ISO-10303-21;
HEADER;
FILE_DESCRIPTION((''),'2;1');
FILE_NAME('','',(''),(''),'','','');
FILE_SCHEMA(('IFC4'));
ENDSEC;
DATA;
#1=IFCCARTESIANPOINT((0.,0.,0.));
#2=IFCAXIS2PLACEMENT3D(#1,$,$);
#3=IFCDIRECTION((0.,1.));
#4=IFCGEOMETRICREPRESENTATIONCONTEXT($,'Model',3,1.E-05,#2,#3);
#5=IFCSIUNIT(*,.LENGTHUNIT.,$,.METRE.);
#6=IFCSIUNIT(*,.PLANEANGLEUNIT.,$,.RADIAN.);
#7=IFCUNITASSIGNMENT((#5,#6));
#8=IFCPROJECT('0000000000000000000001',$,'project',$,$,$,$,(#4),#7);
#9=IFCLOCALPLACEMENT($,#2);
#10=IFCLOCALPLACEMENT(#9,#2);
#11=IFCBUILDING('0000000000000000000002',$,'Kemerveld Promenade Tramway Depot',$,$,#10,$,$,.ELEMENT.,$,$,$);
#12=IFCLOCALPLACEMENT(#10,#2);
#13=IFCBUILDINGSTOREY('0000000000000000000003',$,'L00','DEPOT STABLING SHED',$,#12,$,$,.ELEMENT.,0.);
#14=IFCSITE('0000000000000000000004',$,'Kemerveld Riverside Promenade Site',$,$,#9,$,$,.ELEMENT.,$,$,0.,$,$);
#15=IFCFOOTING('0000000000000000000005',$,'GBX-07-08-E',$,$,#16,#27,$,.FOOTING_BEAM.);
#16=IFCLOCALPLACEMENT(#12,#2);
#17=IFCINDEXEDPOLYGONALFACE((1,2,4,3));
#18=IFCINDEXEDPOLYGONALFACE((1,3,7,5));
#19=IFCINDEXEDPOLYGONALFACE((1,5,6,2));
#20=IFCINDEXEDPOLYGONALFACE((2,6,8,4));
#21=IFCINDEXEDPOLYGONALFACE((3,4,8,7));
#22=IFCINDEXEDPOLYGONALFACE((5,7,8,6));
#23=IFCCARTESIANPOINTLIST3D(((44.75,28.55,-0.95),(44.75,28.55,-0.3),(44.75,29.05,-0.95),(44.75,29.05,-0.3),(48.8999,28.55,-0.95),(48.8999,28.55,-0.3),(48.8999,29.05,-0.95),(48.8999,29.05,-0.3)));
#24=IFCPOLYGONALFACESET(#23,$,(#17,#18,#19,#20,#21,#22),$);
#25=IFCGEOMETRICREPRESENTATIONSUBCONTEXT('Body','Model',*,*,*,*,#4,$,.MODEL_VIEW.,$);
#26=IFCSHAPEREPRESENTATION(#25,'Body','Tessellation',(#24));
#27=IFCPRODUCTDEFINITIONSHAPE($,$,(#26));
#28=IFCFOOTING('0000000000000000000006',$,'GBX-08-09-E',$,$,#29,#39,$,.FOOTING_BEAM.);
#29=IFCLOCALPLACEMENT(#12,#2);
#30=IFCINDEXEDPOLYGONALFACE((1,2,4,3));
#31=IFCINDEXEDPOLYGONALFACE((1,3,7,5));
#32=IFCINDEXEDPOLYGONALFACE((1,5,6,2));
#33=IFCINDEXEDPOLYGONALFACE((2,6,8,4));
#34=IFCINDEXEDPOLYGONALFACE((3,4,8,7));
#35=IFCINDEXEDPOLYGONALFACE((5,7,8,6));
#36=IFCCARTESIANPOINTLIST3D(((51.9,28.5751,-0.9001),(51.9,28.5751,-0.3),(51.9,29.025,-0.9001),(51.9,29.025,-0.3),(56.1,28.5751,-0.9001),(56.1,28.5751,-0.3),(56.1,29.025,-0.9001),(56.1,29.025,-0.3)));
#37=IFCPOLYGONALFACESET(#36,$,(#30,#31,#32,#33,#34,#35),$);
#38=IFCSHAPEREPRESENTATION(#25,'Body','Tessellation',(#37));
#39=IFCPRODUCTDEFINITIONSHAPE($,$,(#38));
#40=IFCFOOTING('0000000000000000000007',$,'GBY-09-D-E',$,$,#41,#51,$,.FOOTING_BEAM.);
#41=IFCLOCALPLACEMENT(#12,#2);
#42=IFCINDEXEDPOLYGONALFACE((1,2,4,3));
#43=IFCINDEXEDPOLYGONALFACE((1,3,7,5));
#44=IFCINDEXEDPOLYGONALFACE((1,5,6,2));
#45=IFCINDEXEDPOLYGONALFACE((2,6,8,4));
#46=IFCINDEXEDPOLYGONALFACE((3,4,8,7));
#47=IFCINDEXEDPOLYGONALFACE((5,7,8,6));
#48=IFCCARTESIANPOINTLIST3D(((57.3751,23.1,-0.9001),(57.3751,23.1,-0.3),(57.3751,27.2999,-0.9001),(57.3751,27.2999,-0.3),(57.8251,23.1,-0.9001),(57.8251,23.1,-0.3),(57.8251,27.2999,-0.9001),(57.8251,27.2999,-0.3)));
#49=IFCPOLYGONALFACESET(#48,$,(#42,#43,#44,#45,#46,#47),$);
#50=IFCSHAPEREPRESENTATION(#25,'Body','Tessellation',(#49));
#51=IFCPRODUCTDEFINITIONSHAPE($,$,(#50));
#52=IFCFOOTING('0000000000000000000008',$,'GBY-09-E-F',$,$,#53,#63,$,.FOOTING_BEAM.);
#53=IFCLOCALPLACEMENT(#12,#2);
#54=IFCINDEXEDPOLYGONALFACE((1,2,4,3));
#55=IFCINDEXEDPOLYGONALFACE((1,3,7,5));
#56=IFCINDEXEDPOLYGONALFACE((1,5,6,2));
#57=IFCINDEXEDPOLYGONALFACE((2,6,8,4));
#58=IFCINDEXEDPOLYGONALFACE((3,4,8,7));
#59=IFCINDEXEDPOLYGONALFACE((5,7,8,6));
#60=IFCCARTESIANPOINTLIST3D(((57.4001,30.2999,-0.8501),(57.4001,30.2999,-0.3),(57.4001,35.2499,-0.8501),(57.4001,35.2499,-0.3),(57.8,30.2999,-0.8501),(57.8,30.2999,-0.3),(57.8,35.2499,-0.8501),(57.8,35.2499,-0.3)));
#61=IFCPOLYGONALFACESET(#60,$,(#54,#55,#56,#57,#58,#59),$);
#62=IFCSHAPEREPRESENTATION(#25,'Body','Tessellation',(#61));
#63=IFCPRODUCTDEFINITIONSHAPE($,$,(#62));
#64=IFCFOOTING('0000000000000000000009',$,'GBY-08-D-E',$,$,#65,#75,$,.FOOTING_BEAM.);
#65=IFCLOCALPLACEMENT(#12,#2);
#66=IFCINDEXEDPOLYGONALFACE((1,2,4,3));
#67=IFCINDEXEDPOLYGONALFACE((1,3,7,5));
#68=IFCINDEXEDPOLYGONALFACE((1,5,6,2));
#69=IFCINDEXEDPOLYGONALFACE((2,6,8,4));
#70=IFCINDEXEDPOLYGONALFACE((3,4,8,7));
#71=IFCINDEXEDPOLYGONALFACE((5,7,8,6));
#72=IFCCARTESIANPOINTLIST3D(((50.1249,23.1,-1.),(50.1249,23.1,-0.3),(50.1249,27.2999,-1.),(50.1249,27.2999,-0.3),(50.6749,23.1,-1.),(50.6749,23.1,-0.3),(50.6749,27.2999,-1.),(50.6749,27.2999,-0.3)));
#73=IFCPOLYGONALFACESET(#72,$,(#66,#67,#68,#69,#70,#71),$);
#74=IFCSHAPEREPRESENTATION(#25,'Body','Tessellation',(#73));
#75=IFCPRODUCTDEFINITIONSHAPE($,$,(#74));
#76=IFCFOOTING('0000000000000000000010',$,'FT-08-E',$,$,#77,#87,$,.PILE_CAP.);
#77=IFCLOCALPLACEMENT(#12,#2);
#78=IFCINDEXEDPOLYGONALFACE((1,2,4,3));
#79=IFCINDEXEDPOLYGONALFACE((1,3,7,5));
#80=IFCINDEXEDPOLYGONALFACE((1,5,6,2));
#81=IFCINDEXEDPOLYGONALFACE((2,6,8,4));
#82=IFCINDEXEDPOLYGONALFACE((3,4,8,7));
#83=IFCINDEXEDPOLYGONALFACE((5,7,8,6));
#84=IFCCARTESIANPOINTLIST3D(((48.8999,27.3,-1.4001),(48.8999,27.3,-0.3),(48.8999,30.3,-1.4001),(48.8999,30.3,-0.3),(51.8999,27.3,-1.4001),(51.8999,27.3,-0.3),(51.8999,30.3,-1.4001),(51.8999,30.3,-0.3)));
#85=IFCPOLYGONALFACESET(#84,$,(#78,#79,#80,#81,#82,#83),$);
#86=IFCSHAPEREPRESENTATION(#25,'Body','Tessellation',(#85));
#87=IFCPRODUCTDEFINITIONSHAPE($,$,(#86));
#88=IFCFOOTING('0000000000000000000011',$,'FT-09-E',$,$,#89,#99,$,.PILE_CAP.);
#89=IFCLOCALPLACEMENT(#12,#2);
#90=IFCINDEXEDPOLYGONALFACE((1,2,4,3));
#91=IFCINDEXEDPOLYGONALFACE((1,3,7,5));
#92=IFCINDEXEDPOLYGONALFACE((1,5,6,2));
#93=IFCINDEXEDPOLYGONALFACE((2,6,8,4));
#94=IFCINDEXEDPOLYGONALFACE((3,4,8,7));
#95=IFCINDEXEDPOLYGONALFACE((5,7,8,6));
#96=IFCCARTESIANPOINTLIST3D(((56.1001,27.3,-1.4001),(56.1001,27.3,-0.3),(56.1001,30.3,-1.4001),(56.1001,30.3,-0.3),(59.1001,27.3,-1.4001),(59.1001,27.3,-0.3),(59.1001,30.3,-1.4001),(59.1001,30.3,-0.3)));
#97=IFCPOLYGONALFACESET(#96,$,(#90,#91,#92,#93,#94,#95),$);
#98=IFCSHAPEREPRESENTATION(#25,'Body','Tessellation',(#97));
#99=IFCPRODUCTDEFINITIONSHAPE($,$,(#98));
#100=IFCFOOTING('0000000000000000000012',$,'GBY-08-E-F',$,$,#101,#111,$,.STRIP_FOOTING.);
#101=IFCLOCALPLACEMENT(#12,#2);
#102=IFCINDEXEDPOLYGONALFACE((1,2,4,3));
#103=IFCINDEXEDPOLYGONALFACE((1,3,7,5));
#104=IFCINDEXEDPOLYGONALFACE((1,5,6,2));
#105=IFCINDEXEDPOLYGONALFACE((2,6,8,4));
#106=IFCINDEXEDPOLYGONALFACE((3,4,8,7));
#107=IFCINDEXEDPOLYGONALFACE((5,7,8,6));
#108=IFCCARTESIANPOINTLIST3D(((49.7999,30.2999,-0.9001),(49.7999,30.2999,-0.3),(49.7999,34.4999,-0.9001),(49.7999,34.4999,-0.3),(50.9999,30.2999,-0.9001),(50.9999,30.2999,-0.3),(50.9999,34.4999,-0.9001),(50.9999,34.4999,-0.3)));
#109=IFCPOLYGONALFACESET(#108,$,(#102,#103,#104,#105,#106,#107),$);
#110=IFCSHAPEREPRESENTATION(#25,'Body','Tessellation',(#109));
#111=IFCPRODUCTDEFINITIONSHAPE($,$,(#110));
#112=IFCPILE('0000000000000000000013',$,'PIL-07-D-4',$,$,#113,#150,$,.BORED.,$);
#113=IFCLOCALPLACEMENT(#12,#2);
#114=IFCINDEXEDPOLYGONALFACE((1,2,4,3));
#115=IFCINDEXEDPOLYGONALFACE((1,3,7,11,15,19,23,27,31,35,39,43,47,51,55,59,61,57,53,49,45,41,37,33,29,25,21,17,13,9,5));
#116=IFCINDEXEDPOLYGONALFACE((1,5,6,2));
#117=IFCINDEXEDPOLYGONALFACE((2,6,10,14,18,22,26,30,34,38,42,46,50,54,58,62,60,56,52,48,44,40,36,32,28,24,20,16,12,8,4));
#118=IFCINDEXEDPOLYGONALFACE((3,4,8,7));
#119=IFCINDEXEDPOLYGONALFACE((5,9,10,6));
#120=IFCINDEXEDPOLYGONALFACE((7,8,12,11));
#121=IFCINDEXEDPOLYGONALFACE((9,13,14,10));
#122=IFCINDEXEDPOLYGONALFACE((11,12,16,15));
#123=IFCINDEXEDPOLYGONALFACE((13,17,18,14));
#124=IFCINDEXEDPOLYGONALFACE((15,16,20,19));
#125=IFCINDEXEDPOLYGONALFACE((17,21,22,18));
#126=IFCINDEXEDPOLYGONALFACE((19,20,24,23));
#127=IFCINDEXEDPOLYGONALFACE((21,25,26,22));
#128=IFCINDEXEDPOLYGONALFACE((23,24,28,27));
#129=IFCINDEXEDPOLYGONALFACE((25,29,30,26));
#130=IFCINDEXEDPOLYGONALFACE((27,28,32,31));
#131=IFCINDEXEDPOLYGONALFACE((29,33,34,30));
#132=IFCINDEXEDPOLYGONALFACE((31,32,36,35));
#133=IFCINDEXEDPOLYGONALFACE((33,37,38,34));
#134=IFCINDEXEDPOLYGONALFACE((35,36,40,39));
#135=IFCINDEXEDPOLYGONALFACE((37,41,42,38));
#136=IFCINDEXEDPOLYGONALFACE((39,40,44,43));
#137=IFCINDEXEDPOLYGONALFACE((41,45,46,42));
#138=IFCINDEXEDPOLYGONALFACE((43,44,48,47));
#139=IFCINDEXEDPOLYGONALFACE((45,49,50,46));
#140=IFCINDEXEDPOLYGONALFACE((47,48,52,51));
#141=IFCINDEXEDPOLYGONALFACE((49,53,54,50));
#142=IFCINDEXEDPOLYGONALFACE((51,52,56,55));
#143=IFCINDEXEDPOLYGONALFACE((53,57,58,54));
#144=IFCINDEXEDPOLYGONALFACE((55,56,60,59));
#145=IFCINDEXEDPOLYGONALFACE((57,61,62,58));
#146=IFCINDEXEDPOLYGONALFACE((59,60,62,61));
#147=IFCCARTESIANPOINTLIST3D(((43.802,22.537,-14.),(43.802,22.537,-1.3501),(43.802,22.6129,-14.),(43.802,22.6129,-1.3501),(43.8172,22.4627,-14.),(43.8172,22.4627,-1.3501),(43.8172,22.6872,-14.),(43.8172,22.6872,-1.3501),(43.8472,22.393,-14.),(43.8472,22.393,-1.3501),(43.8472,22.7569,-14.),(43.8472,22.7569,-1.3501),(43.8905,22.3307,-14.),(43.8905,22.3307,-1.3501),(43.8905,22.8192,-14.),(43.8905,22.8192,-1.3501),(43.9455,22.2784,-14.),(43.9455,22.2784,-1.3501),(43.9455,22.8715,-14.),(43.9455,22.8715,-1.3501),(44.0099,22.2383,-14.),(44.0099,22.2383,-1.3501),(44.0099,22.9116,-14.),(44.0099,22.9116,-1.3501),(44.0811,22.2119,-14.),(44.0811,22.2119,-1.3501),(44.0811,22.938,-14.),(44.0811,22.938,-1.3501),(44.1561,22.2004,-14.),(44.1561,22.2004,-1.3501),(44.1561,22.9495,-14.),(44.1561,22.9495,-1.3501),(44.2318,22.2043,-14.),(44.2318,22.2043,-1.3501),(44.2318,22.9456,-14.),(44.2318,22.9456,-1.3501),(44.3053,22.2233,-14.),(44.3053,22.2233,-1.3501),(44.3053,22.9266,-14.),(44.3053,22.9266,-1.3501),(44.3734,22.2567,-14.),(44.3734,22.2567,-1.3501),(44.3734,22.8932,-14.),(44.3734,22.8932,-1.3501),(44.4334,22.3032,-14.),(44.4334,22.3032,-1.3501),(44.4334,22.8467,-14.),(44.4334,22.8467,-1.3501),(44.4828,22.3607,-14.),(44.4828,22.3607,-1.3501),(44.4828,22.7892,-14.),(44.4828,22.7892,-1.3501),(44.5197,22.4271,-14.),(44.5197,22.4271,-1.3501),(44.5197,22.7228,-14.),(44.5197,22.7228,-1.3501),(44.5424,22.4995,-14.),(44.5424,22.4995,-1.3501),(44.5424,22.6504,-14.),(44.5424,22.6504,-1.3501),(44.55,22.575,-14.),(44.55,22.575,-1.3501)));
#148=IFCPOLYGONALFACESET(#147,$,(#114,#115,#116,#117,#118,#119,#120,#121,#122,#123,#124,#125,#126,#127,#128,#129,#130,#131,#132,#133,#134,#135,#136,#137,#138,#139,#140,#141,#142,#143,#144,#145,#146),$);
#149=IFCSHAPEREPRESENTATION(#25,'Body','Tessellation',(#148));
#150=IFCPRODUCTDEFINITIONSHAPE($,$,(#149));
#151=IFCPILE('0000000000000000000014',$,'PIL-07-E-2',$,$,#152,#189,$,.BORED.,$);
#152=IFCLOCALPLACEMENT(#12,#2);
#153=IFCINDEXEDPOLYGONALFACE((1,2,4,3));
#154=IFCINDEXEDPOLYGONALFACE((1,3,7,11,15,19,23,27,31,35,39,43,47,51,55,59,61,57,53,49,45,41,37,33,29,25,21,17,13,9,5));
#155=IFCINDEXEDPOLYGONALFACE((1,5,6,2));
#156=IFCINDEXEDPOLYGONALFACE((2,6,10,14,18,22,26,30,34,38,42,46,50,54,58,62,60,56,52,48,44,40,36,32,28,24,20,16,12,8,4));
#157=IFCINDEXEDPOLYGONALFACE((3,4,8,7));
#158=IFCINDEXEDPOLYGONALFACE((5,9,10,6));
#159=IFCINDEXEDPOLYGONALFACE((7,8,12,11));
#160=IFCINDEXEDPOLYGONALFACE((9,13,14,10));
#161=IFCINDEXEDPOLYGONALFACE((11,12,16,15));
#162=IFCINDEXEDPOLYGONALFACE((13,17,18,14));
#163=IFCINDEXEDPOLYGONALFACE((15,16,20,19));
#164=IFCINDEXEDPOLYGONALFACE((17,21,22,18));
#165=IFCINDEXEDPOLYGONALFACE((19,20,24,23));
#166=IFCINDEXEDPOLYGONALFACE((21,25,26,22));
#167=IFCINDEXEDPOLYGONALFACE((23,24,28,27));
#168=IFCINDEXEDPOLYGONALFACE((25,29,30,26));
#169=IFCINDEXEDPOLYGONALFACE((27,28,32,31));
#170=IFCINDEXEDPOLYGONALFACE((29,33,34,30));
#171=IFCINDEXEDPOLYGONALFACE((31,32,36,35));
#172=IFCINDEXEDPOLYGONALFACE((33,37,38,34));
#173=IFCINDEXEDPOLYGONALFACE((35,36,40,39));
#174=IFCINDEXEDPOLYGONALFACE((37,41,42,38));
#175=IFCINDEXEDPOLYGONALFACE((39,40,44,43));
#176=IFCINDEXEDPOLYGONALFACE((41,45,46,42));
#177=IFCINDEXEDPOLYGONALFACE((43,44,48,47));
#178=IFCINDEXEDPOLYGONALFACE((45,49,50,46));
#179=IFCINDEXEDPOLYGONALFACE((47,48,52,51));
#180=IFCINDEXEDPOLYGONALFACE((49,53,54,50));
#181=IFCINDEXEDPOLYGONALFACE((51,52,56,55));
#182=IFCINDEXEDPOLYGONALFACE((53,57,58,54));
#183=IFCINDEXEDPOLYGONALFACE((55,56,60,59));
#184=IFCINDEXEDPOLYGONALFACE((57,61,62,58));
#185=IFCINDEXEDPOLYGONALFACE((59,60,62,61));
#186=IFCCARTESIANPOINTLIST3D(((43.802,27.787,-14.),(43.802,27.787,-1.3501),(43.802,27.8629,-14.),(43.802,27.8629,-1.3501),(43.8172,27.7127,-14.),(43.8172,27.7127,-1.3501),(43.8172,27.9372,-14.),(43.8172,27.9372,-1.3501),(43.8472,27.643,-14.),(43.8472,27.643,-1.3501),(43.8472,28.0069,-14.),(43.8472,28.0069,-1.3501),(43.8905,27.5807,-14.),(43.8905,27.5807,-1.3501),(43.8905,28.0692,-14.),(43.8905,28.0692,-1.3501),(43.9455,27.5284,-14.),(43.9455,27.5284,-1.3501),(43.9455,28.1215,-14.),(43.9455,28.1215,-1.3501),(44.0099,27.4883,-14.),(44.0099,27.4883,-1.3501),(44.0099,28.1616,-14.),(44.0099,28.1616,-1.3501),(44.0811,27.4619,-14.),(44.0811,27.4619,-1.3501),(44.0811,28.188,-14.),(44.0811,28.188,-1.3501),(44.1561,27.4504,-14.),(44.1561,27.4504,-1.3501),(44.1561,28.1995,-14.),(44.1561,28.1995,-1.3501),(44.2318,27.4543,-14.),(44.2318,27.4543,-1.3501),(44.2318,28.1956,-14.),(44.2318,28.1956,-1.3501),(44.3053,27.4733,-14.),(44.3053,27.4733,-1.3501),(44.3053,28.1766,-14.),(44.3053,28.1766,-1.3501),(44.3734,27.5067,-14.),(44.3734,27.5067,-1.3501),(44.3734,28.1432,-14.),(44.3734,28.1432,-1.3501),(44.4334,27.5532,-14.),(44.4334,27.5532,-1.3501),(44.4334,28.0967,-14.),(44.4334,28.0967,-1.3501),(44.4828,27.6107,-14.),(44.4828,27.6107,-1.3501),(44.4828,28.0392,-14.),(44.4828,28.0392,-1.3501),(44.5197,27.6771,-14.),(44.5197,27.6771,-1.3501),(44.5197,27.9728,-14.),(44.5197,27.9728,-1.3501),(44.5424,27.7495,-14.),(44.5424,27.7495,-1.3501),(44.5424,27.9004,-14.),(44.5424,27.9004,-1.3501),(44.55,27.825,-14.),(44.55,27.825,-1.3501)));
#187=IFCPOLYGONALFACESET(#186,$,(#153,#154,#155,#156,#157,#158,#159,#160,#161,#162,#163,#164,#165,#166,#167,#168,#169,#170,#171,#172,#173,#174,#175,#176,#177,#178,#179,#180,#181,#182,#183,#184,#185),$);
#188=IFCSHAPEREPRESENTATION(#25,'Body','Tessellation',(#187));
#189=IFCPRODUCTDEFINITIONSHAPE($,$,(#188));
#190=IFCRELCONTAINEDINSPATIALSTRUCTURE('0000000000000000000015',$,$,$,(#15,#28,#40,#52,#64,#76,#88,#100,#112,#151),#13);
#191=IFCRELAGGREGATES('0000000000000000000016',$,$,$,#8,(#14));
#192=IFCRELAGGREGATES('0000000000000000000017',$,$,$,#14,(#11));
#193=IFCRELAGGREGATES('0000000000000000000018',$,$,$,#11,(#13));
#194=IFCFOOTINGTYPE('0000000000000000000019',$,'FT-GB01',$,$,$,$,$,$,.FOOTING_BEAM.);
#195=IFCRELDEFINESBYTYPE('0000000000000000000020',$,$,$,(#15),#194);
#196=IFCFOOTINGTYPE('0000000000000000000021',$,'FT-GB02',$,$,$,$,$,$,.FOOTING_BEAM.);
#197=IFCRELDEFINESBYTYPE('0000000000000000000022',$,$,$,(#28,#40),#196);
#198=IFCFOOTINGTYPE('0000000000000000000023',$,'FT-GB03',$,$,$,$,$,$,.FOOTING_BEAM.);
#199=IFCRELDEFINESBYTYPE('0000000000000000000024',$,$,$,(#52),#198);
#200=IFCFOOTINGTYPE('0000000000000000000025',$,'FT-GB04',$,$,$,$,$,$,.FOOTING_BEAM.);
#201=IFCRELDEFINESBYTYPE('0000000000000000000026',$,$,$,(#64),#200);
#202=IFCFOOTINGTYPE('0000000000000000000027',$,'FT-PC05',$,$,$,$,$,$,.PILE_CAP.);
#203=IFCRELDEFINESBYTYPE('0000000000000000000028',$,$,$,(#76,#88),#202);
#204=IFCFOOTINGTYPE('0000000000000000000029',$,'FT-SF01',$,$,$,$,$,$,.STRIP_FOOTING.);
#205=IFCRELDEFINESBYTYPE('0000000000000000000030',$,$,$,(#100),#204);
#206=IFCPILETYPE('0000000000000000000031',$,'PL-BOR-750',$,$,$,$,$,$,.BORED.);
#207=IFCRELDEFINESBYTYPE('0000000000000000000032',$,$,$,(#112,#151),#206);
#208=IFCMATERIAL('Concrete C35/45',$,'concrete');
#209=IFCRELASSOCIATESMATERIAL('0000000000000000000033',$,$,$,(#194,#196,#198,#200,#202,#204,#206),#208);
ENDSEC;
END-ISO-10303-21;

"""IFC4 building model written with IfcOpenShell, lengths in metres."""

from ifc_helpers import new_model, si_unit, direction, frame, origin, origin_2d, place, context, subcontext, project, spatial, rectangle, circle, extrude, material, material_profile, profile_set, type_object, element, save


model = new_model("IFC4")

# Units and contexts
model_context = context("Model", 3, precision=1e-05, world=origin(), true_north=direction((0.0, 1.0)))
body_context = subcontext(model_context, "Body", "Model", "MODEL_VIEW")
ifc_project = project(units=[si_unit("LENGTHUNIT", "METRE"), si_unit("PLANEANGLEUNIT", "RADIAN")], contexts=[model_context])

# Site, building, storey
site_placement = place(None, origin())
site = spatial("IfcSite", under=ifc_project, at=site_placement, Name="Kemerveld Riverside Promenade Site", CompositionType="ELEMENT", RefElevation=0.0)
building_placement = place(site_placement, origin())
building = spatial("IfcBuilding", under=site, at=building_placement, Name="Kemerveld Promenade Tramway Depot", CompositionType="ELEMENT")
storey_placement = place(building_placement, origin())
storey = spatial("IfcBuildingStorey", under=building, at=storey_placement, Name="L00", Description="DEPOT STABLING SHED", CompositionType="ELEMENT", Elevation=0.0)

# Footings
ifc_material_1 = material(Name="Concrete C35/45", Category="concrete")
footing_type_1 = type_object("IfcFootingType", Name="FT-GB01", PredefinedType="FOOTING_BEAM", material=ifc_material_1)
footing_1_placement = place(storey_placement, frame((46.825, 28.8, -0.95), z_axis=(0.0, 0.0, 1.0), x_axis=(1.0, 0.0, 0.0)))
element("IfcFooting", 1, at=footing_1_placement, inside=storey, type_object=footing_type_1, Name="GBX-07-08-E", PredefinedType="FOOTING_BEAM", context=body_context, shape_type="SweptSolid", body=[
    extrude(rectangle(XDim=4.1499, YDim=0.5, at=origin_2d()), origin(), (0.0, 0.0, 1.0), 0.6499),
])
footing_type_2 = type_object("IfcFootingType", Name="FT-GB02", PredefinedType="FOOTING_BEAM", material=ifc_material_1)
for number, where, z_axis, x_axis, name in (
    (2, (54.0, 28.8, -0.9001), (0.0, 0.0, 1.0), (1.0, 0.0, 0.0), "GBX-08-09-E"),
    (3, (57.6001, 25.2, -0.9001), (0.0, 0.0, 1.0), (0.0, 1.0, 0.0), "GBY-09-D-E"),
):
    element("IfcFooting", number, at=place(storey_placement, frame(where, z_axis=z_axis, x_axis=x_axis)), inside=storey, type_object=footing_type_2, Name=name, PredefinedType="FOOTING_BEAM", context=body_context, shape_type="SweptSolid", body=[
        extrude(rectangle(XDim=4.2, YDim=0.45, at=origin_2d()), origin(), (0.0, 0.0, 1.0), 0.6001),
    ])
footing_type_3 = type_object("IfcFootingType", Name="FT-GB03", PredefinedType="FOOTING_BEAM", material=ifc_material_1)
footing_2_placement = place(storey_placement, frame((57.6001, 32.7749, -0.8501), z_axis=(0.0, 0.0, 1.0), x_axis=(0.0, 1.0, 0.0)))
element("IfcFooting", 4, at=footing_2_placement, inside=storey, type_object=footing_type_3, Name="GBY-09-E-F", PredefinedType="FOOTING_BEAM", context=body_context, shape_type="SweptSolid", body=[
    extrude(rectangle(XDim=4.95, YDim=0.3999, at=origin_2d()), origin(), (0.0, 0.0, 1.0), 0.55),
])
footing_type_4 = type_object("IfcFootingType", Name="FT-GB04", PredefinedType="FOOTING_BEAM", material=ifc_material_1)
footing_3_placement = place(storey_placement, frame((50.3999, 25.2, -1.0), z_axis=(0.0, 0.0, 1.0), x_axis=(0.0, 1.0, 0.0)))
element("IfcFooting", 5, at=footing_3_placement, inside=storey, type_object=footing_type_4, Name="GBY-08-D-E", PredefinedType="FOOTING_BEAM", context=body_context, shape_type="SweptSolid", body=[
    extrude(rectangle(XDim=4.2, YDim=0.55, at=origin_2d()), origin(), (0.0, 0.0, 1.0), 0.7),
])
footing_type_5 = type_object("IfcFootingType", Name="FT-PC05", PredefinedType="PILE_CAP", material=ifc_material_1)
for number, where, z_axis, x_axis, name in (
    (6, (50.3999, 28.8, -1.4001), (0.0, 0.0, 1.0), (1.0, 0.0, 0.0), "FT-08-E"),
    (7, (57.6001, 28.8, -1.4001), (0.0, 0.0, 1.0), (1.0, 0.0, 0.0), "FT-09-E"),
):
    element("IfcFooting", number, at=place(storey_placement, frame(where, z_axis=z_axis, x_axis=x_axis)), inside=storey, type_object=footing_type_5, Name=name, PredefinedType="PILE_CAP", context=body_context, shape_type="SweptSolid", body=[
        extrude(rectangle(XDim=3.0, YDim=3.0, at=origin_2d()), origin(), (0.0, 0.0, 1.0), 1.1001),
    ])
footing_type_6 = type_object("IfcFootingType", Name="FT-SF01", PredefinedType="STRIP_FOOTING", material=ifc_material_1)
footing_4_placement = place(storey_placement, frame((50.3999, 32.3999, -0.9001), z_axis=(0.0, 0.0, 1.0), x_axis=(0.0, 1.0, 0.0)))
element("IfcFooting", 8, at=footing_4_placement, inside=storey, type_object=footing_type_6, Name="GBY-08-E-F", PredefinedType="STRIP_FOOTING", context=body_context, shape_type="SweptSolid", body=[
    extrude(rectangle(XDim=4.2, YDim=1.2, at=origin_2d()), origin(), (0.0, 0.0, 1.0), 0.6001),
])

# Piles
ifc_material_profile_1 = material_profile(ifc_material_1, circle(Radius=0.375, at=origin_2d()), Name="PILE-D750")
ifc_profile_set_1 = profile_set([ifc_material_profile_1], Name="Concrete C35/45")
pile_type = type_object("IfcPileType", Name="PL-BOR-750", PredefinedType="BORED", material=ifc_profile_set_1)
for number, where, z_axis, x_axis, name in (
    (9, (44.175, 22.575, -1.3501), (0.0, 0.0, -1.0), (1.0, 0.0, 0.0), "PIL-07-D-4"),
    (10, (44.175, 27.825, -1.3501), (0.0, 0.0, -1.0), (1.0, 0.0, 0.0), "PIL-07-E-2"),
):
    element("IfcPile", number, at=place(storey_placement, frame(where, z_axis=z_axis, x_axis=x_axis)), inside=storey, type_object=pile_type, Name=name, PredefinedType="BORED", context=body_context, shape_type="SweptSolid", body=[
        extrude(circle(Radius=0.375, at=origin_2d()), origin(), (0.0, 0.0, 1.0), 12.6499),
    ])

save(model, "model.ifc")
